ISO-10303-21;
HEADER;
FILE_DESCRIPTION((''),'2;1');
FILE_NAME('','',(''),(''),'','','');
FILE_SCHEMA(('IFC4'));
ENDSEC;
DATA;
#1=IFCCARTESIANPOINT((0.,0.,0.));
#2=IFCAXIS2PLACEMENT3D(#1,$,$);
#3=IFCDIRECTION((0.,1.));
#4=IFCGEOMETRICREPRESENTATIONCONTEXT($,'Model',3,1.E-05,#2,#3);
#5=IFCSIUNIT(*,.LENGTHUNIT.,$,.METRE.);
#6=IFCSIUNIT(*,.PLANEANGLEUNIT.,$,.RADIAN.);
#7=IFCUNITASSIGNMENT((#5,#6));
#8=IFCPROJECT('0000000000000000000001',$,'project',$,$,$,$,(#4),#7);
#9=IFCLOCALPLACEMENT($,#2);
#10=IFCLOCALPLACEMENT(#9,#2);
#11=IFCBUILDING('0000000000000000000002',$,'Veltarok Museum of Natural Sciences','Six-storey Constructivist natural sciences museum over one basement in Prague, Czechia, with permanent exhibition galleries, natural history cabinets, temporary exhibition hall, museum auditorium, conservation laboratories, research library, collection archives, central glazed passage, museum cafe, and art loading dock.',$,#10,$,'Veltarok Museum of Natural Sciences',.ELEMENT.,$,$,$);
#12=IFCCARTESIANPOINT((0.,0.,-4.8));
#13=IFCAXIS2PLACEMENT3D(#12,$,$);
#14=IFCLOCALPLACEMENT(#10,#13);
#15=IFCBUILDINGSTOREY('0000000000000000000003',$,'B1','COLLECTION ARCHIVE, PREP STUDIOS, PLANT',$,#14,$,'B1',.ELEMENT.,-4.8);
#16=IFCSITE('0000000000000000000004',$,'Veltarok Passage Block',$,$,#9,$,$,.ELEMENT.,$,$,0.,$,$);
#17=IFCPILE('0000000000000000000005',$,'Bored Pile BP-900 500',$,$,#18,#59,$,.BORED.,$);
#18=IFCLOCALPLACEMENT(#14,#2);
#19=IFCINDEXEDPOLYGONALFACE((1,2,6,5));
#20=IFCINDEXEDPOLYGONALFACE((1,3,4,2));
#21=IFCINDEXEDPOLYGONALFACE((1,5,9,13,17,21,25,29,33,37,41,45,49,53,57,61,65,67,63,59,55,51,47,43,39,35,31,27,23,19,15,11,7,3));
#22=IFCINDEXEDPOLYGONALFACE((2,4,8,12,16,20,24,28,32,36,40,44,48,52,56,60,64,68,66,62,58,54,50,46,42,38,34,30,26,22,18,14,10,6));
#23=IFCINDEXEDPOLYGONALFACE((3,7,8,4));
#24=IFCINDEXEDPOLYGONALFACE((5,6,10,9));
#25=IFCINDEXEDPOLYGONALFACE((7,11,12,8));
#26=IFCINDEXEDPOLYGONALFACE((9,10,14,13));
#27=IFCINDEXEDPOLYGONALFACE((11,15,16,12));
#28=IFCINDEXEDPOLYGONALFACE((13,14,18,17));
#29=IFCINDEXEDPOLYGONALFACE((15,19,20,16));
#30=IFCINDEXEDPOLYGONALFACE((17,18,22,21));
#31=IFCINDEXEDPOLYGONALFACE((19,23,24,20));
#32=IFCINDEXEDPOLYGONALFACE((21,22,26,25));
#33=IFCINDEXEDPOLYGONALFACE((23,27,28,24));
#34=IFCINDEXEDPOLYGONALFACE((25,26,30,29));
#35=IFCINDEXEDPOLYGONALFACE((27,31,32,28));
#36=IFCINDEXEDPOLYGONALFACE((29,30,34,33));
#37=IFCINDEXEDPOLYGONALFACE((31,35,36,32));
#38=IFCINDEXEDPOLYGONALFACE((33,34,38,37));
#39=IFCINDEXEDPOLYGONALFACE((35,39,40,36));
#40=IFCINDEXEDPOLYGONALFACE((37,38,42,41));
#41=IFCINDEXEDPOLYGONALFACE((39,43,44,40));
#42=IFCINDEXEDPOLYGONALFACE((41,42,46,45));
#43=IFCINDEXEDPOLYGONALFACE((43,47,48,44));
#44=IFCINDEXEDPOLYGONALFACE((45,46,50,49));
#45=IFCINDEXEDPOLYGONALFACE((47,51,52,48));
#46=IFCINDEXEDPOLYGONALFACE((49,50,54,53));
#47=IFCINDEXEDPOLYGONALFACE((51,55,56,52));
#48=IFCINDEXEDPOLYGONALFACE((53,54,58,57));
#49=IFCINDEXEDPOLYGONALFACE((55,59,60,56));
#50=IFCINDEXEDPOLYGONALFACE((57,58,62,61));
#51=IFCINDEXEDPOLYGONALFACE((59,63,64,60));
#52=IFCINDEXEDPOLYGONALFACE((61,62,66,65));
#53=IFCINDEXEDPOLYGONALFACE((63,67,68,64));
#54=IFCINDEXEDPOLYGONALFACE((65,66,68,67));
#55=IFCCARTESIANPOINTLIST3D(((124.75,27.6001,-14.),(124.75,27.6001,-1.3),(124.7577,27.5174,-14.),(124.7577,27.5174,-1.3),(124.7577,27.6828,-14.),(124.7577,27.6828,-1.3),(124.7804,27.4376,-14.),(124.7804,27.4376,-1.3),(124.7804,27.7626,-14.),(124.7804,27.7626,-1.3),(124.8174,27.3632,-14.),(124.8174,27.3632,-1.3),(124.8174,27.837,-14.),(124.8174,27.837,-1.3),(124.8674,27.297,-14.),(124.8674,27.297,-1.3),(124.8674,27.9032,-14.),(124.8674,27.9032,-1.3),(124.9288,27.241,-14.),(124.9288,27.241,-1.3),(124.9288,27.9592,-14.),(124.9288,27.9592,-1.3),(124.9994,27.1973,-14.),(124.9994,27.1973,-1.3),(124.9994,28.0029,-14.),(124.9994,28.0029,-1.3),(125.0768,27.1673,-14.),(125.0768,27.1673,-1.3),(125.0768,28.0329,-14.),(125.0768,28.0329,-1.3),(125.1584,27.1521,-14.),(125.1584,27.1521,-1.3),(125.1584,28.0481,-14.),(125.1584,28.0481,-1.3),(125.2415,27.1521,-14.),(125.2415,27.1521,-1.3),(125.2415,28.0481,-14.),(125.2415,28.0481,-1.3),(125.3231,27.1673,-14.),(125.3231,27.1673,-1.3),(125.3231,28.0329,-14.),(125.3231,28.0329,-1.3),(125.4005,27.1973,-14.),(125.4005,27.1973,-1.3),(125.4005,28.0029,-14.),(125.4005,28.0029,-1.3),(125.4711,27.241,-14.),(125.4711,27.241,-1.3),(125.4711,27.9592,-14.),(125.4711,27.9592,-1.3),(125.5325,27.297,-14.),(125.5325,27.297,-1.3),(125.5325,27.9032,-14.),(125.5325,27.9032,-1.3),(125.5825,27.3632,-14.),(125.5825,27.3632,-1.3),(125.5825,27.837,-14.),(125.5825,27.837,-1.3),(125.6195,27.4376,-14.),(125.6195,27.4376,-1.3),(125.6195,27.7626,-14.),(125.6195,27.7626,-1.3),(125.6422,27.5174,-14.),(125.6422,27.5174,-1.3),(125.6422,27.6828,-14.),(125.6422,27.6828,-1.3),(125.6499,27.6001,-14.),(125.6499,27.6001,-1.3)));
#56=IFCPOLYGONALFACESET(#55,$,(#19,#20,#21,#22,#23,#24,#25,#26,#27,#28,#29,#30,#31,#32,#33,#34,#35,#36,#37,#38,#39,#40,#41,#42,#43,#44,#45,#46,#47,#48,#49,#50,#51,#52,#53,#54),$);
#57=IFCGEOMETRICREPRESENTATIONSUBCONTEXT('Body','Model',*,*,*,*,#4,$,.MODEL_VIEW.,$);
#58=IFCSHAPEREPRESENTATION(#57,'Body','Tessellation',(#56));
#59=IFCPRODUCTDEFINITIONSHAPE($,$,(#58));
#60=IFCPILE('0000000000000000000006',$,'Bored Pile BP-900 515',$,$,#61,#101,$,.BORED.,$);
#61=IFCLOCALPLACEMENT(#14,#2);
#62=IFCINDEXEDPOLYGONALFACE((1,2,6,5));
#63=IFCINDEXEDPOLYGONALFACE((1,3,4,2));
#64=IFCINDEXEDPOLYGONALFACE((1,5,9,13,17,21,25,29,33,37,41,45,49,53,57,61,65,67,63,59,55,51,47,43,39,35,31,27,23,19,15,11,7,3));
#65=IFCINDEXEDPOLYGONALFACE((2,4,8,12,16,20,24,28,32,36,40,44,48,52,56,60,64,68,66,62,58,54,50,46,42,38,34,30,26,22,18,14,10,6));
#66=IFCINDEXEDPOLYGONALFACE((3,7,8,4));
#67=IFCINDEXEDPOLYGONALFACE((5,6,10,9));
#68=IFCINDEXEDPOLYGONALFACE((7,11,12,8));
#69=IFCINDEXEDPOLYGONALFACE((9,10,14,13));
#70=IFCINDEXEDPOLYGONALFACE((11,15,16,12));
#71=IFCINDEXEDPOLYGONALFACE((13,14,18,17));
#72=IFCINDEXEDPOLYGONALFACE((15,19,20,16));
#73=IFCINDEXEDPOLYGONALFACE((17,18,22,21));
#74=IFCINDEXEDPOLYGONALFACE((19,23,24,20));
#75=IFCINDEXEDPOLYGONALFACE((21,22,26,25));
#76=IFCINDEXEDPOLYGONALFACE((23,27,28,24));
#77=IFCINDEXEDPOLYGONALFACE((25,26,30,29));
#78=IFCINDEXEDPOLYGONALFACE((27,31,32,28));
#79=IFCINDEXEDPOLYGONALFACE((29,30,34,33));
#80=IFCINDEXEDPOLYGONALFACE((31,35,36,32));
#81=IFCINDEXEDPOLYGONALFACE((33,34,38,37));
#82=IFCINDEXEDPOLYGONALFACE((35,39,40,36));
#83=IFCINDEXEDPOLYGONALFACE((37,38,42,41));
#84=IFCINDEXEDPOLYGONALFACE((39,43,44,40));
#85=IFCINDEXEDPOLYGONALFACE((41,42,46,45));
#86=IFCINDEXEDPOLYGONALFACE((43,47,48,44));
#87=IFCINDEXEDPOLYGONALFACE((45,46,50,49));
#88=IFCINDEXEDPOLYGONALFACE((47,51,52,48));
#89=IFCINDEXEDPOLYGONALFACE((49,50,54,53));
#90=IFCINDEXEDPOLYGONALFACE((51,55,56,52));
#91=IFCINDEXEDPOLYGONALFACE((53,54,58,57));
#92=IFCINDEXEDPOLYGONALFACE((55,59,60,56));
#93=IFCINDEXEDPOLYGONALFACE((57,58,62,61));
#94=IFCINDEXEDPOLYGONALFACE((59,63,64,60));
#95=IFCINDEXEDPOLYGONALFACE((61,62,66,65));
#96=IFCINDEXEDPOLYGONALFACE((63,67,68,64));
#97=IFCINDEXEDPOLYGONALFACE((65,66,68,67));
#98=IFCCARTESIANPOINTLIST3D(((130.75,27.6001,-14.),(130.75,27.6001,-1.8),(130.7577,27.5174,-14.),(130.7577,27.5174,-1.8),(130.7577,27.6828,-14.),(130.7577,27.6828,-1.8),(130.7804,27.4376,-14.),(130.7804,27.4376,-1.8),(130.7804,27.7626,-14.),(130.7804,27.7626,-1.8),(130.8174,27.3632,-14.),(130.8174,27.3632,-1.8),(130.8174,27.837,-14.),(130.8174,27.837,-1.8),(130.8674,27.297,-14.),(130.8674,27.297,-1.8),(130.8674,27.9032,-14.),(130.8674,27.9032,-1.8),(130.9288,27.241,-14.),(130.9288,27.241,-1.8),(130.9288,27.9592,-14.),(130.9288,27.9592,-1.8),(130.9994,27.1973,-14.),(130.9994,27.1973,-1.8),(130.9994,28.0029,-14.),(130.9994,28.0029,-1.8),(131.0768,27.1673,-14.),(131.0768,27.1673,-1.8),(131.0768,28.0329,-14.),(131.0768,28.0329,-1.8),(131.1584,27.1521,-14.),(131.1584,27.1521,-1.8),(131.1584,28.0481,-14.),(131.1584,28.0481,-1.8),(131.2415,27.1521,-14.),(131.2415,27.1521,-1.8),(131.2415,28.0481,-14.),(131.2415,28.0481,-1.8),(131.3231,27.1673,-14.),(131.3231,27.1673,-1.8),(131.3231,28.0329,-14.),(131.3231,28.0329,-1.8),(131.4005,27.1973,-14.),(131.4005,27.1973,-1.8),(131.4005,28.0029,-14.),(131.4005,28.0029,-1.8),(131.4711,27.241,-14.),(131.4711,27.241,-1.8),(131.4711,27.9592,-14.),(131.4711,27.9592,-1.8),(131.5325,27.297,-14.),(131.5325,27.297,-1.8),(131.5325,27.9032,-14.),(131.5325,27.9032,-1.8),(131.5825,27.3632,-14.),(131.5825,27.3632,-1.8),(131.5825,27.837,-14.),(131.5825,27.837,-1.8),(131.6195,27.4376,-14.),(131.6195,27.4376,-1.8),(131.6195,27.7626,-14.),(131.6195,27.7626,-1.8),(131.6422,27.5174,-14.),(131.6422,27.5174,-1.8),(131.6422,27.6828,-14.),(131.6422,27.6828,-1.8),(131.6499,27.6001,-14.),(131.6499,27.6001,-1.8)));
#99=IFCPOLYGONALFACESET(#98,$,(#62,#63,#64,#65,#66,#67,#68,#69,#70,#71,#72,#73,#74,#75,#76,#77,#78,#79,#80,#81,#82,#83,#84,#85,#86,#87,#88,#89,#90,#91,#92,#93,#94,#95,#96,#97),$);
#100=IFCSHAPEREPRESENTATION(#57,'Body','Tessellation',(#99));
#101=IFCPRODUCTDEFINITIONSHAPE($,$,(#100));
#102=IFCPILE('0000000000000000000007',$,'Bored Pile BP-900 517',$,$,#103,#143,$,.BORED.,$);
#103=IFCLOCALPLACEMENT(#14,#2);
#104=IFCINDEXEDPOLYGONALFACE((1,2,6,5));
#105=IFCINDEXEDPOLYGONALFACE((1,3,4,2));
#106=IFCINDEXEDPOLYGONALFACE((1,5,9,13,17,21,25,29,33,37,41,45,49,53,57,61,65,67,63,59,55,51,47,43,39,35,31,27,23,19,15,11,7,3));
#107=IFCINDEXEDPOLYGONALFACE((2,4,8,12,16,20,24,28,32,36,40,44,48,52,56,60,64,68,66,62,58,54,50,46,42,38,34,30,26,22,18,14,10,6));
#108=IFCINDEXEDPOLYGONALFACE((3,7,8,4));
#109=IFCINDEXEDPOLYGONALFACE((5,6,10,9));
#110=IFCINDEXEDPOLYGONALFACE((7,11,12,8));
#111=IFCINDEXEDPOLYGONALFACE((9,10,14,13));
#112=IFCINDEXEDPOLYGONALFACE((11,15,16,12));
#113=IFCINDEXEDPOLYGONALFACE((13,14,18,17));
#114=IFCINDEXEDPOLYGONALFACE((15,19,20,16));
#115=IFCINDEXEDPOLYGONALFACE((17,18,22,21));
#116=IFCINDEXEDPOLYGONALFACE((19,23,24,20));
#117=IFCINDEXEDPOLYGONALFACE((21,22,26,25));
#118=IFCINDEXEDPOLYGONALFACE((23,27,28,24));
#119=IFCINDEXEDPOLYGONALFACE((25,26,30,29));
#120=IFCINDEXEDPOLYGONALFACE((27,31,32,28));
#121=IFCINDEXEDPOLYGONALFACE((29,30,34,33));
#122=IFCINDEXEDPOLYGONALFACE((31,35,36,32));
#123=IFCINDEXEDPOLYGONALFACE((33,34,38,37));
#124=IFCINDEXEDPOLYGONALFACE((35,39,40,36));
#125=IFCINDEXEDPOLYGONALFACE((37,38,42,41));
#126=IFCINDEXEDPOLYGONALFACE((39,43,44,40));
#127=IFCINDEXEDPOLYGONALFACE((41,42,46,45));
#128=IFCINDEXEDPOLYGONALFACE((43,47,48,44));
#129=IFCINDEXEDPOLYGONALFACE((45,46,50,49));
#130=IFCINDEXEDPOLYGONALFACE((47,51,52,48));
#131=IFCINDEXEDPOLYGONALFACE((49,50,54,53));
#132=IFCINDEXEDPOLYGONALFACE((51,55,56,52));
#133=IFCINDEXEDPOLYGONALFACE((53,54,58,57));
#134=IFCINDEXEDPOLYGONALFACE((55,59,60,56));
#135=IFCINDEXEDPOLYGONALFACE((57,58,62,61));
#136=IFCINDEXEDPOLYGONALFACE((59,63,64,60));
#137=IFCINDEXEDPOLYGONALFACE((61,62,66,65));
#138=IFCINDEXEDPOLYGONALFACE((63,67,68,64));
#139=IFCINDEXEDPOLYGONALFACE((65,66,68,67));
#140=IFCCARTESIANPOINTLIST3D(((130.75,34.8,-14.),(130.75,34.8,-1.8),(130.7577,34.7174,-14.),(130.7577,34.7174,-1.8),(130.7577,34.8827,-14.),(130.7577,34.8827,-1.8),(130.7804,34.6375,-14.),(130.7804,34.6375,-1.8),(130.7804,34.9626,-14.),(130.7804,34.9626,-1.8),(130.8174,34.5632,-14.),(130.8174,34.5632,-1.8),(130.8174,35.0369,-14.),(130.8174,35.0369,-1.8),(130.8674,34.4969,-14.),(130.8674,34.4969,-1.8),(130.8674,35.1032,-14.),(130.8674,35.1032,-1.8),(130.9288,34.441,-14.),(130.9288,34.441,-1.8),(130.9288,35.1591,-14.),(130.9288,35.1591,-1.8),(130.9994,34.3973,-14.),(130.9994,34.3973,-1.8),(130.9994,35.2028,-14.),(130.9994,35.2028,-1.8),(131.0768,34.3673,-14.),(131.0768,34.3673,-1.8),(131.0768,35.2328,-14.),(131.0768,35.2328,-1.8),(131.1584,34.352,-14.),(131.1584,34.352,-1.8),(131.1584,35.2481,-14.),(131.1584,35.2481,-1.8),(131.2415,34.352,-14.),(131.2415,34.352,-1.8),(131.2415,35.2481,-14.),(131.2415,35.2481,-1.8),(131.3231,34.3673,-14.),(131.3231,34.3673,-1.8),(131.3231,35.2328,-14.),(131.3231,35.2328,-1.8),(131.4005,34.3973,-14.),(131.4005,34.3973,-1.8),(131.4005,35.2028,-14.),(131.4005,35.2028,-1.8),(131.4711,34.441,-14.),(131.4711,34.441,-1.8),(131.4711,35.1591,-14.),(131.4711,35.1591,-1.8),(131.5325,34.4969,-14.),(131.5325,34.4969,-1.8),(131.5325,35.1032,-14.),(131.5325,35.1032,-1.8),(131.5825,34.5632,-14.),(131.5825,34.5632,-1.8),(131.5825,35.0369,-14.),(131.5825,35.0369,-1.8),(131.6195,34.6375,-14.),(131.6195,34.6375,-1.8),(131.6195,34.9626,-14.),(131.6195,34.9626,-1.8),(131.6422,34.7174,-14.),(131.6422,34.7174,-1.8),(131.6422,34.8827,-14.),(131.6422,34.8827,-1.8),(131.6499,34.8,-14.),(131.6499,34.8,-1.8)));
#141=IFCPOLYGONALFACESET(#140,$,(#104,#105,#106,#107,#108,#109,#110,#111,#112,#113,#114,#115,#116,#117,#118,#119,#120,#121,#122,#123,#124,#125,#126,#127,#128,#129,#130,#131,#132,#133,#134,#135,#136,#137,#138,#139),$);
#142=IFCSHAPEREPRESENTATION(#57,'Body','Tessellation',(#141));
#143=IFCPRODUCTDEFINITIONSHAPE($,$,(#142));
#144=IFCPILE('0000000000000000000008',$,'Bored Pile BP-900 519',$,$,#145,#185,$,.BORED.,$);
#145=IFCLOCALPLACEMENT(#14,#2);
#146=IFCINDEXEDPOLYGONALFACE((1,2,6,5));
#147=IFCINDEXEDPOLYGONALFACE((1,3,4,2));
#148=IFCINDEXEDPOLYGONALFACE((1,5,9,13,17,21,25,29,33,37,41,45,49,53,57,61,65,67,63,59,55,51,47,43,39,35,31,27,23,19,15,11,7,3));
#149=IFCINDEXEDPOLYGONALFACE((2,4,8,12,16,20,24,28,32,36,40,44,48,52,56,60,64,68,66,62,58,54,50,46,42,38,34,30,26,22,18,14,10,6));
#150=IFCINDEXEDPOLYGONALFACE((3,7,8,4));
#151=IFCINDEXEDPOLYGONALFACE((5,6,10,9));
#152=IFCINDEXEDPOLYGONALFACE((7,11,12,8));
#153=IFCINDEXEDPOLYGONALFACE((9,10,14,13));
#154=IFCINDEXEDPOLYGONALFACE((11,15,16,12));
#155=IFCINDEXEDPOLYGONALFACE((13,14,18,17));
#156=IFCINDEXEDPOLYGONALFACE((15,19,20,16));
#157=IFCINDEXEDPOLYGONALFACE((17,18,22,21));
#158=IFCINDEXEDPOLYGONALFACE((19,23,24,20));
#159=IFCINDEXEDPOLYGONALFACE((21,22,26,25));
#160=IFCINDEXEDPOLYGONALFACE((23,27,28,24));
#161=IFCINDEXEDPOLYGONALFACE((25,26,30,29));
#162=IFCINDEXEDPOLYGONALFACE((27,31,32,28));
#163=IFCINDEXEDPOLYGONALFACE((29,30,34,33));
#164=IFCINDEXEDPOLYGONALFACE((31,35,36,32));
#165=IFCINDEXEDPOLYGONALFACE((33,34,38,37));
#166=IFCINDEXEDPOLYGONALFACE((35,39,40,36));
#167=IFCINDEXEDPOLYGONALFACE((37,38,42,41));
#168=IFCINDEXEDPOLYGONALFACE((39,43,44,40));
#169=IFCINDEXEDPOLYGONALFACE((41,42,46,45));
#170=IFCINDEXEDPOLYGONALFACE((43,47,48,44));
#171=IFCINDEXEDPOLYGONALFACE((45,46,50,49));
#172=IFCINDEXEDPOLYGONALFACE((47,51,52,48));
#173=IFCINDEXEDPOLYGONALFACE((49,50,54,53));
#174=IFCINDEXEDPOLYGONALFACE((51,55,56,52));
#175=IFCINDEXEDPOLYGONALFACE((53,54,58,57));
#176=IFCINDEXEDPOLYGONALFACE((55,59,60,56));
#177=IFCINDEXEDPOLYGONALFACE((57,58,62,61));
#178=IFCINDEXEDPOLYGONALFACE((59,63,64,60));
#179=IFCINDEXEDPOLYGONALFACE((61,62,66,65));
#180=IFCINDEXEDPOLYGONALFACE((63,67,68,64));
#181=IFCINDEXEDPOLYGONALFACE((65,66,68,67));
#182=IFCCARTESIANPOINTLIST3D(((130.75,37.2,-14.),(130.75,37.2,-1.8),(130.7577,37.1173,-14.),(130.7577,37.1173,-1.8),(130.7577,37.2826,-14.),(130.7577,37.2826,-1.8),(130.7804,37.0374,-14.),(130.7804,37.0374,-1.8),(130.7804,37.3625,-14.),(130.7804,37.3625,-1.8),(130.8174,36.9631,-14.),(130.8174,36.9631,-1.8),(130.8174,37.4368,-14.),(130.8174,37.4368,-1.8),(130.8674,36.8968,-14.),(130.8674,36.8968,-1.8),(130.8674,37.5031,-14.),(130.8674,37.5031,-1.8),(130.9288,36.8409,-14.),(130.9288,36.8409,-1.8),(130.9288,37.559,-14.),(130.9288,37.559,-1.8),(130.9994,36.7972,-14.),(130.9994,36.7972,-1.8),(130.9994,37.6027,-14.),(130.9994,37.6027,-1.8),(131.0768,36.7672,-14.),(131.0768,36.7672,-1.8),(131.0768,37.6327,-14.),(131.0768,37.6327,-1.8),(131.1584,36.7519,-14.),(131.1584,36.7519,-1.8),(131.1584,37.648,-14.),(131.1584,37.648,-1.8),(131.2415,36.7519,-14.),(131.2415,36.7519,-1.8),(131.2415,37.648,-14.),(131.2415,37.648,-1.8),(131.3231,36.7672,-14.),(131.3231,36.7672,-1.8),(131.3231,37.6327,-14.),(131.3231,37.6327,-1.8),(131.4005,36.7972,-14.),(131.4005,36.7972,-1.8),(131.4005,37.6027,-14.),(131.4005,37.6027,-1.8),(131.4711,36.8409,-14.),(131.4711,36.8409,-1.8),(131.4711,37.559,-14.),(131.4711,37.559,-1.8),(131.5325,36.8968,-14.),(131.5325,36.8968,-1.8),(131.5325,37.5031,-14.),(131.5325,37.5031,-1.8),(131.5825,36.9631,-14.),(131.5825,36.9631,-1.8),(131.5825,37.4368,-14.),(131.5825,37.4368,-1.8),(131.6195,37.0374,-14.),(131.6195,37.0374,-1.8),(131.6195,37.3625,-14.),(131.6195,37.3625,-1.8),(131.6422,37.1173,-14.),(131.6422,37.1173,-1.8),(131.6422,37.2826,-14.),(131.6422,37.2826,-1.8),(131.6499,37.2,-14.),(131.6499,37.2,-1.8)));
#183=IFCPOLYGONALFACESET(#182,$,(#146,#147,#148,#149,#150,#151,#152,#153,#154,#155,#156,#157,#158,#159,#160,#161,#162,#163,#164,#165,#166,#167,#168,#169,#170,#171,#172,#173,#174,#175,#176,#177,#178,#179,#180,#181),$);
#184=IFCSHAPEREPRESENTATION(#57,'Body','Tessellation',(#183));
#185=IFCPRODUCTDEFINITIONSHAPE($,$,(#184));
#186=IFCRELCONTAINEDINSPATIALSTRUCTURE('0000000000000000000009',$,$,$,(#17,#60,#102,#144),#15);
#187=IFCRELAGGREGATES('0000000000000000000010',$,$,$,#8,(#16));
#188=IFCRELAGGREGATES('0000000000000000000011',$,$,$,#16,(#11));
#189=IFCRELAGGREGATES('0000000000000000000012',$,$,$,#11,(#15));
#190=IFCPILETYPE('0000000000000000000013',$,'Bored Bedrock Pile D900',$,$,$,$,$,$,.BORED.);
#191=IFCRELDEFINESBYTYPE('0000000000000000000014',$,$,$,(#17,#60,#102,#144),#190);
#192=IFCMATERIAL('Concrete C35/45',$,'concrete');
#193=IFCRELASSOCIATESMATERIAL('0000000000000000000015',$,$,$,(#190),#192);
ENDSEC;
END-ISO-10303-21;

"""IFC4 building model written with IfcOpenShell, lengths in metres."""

from ifc_helpers import new_model, si_unit, direction, frame, origin, origin_2d, place, context, subcontext, project, spatial, circle, extrude, material, material_profile, profile_set, type_object, element, save


model = new_model("IFC4")

# Units and contexts
model_context = context("Model", 3, precision=1e-05, world=origin(), true_north=direction((0.0, 1.0)))
body_context = subcontext(model_context, "Body", "Model", "MODEL_VIEW")
ifc_project = project(units=[si_unit("LENGTHUNIT", "METRE"), si_unit("PLANEANGLEUNIT", "RADIAN")], contexts=[model_context])

# Site, building, storey
site_placement = place(None, origin())
site = spatial("IfcSite", under=ifc_project, at=site_placement, Name="Veltarok Passage Block", CompositionType="ELEMENT", RefElevation=0.0)
building_placement = place(site_placement, origin())
building = spatial("IfcBuilding", under=site, at=building_placement, Name="Veltarok Museum of Natural Sciences", Description="Six-storey Constructivist natural sciences museum over one basement in Prague, Czechia, with permanent exhibition galleries, natural history cabinets, temporary exhibition hall, museum auditorium, conservation laboratories, research library, collection archives, central glazed passage, museum cafe, and art loading dock.", LongName="Veltarok Museum of Natural Sciences", CompositionType="ELEMENT")
storey_placement = place(building_placement, frame((0.0, 0.0, -4.8)))
storey = spatial("IfcBuildingStorey", under=building, at=storey_placement, Name="B1", Description="COLLECTION ARCHIVE, PREP STUDIOS, PLANT", LongName="B1", CompositionType="ELEMENT", Elevation=-4.8)

# Piles
ifc_material_1 = material(Name="Concrete C35/45", Category="concrete")
ifc_material_profile_1 = material_profile(ifc_material_1, circle(Radius=0.45, at=origin_2d()), Name="BP D900")
ifc_profile_set_1 = profile_set([ifc_material_profile_1], Name="Concrete C35/45")
pile_type = type_object("IfcPileType", Name="Bored Bedrock Pile D900", PredefinedType="BORED", material=ifc_profile_set_1)
for number, where, z_axis, x_axis, name in (
    (1, (125.2, 27.6001, -1.3), (0.0, 0.0, -1.0), (1.0, 0.0, 0.0), "Bored Pile BP-900 500"),
):
    element("IfcPile", number, at=place(storey_placement, frame(where, z_axis=z_axis, x_axis=x_axis)), inside=storey, type_object=pile_type, Name=name, PredefinedType="BORED", context=body_context, shape_type="SweptSolid", body=[
        extrude(circle(Radius=0.45, at=origin_2d()), origin(), (0.0, 0.0, 1.0), 12.7),
    ])
for number, where, z_axis, x_axis, name in (
    (2, (131.2, 27.6001, -1.8), (0.0, 0.0, -1.0), (1.0, 0.0, 0.0), "Bored Pile BP-900 515"),
    (3, (131.2, 34.8, -1.8), (0.0, 0.0, -1.0), (1.0, 0.0, 0.0), "Bored Pile BP-900 517"),
    (4, (131.2, 37.2, -1.8), (0.0, 0.0, -1.0), (1.0, 0.0, 0.0), "Bored Pile BP-900 519"),
):
    element("IfcPile", number, at=place(storey_placement, frame(where, z_axis=z_axis, x_axis=x_axis)), inside=storey, type_object=pile_type, Name=name, PredefinedType="BORED", context=body_context, shape_type="SweptSolid", body=[
        extrude(circle(Radius=0.45, at=origin_2d()), origin(), (0.0, 0.0, 1.0), 12.2),
    ])

save(model, "model.ifc")
